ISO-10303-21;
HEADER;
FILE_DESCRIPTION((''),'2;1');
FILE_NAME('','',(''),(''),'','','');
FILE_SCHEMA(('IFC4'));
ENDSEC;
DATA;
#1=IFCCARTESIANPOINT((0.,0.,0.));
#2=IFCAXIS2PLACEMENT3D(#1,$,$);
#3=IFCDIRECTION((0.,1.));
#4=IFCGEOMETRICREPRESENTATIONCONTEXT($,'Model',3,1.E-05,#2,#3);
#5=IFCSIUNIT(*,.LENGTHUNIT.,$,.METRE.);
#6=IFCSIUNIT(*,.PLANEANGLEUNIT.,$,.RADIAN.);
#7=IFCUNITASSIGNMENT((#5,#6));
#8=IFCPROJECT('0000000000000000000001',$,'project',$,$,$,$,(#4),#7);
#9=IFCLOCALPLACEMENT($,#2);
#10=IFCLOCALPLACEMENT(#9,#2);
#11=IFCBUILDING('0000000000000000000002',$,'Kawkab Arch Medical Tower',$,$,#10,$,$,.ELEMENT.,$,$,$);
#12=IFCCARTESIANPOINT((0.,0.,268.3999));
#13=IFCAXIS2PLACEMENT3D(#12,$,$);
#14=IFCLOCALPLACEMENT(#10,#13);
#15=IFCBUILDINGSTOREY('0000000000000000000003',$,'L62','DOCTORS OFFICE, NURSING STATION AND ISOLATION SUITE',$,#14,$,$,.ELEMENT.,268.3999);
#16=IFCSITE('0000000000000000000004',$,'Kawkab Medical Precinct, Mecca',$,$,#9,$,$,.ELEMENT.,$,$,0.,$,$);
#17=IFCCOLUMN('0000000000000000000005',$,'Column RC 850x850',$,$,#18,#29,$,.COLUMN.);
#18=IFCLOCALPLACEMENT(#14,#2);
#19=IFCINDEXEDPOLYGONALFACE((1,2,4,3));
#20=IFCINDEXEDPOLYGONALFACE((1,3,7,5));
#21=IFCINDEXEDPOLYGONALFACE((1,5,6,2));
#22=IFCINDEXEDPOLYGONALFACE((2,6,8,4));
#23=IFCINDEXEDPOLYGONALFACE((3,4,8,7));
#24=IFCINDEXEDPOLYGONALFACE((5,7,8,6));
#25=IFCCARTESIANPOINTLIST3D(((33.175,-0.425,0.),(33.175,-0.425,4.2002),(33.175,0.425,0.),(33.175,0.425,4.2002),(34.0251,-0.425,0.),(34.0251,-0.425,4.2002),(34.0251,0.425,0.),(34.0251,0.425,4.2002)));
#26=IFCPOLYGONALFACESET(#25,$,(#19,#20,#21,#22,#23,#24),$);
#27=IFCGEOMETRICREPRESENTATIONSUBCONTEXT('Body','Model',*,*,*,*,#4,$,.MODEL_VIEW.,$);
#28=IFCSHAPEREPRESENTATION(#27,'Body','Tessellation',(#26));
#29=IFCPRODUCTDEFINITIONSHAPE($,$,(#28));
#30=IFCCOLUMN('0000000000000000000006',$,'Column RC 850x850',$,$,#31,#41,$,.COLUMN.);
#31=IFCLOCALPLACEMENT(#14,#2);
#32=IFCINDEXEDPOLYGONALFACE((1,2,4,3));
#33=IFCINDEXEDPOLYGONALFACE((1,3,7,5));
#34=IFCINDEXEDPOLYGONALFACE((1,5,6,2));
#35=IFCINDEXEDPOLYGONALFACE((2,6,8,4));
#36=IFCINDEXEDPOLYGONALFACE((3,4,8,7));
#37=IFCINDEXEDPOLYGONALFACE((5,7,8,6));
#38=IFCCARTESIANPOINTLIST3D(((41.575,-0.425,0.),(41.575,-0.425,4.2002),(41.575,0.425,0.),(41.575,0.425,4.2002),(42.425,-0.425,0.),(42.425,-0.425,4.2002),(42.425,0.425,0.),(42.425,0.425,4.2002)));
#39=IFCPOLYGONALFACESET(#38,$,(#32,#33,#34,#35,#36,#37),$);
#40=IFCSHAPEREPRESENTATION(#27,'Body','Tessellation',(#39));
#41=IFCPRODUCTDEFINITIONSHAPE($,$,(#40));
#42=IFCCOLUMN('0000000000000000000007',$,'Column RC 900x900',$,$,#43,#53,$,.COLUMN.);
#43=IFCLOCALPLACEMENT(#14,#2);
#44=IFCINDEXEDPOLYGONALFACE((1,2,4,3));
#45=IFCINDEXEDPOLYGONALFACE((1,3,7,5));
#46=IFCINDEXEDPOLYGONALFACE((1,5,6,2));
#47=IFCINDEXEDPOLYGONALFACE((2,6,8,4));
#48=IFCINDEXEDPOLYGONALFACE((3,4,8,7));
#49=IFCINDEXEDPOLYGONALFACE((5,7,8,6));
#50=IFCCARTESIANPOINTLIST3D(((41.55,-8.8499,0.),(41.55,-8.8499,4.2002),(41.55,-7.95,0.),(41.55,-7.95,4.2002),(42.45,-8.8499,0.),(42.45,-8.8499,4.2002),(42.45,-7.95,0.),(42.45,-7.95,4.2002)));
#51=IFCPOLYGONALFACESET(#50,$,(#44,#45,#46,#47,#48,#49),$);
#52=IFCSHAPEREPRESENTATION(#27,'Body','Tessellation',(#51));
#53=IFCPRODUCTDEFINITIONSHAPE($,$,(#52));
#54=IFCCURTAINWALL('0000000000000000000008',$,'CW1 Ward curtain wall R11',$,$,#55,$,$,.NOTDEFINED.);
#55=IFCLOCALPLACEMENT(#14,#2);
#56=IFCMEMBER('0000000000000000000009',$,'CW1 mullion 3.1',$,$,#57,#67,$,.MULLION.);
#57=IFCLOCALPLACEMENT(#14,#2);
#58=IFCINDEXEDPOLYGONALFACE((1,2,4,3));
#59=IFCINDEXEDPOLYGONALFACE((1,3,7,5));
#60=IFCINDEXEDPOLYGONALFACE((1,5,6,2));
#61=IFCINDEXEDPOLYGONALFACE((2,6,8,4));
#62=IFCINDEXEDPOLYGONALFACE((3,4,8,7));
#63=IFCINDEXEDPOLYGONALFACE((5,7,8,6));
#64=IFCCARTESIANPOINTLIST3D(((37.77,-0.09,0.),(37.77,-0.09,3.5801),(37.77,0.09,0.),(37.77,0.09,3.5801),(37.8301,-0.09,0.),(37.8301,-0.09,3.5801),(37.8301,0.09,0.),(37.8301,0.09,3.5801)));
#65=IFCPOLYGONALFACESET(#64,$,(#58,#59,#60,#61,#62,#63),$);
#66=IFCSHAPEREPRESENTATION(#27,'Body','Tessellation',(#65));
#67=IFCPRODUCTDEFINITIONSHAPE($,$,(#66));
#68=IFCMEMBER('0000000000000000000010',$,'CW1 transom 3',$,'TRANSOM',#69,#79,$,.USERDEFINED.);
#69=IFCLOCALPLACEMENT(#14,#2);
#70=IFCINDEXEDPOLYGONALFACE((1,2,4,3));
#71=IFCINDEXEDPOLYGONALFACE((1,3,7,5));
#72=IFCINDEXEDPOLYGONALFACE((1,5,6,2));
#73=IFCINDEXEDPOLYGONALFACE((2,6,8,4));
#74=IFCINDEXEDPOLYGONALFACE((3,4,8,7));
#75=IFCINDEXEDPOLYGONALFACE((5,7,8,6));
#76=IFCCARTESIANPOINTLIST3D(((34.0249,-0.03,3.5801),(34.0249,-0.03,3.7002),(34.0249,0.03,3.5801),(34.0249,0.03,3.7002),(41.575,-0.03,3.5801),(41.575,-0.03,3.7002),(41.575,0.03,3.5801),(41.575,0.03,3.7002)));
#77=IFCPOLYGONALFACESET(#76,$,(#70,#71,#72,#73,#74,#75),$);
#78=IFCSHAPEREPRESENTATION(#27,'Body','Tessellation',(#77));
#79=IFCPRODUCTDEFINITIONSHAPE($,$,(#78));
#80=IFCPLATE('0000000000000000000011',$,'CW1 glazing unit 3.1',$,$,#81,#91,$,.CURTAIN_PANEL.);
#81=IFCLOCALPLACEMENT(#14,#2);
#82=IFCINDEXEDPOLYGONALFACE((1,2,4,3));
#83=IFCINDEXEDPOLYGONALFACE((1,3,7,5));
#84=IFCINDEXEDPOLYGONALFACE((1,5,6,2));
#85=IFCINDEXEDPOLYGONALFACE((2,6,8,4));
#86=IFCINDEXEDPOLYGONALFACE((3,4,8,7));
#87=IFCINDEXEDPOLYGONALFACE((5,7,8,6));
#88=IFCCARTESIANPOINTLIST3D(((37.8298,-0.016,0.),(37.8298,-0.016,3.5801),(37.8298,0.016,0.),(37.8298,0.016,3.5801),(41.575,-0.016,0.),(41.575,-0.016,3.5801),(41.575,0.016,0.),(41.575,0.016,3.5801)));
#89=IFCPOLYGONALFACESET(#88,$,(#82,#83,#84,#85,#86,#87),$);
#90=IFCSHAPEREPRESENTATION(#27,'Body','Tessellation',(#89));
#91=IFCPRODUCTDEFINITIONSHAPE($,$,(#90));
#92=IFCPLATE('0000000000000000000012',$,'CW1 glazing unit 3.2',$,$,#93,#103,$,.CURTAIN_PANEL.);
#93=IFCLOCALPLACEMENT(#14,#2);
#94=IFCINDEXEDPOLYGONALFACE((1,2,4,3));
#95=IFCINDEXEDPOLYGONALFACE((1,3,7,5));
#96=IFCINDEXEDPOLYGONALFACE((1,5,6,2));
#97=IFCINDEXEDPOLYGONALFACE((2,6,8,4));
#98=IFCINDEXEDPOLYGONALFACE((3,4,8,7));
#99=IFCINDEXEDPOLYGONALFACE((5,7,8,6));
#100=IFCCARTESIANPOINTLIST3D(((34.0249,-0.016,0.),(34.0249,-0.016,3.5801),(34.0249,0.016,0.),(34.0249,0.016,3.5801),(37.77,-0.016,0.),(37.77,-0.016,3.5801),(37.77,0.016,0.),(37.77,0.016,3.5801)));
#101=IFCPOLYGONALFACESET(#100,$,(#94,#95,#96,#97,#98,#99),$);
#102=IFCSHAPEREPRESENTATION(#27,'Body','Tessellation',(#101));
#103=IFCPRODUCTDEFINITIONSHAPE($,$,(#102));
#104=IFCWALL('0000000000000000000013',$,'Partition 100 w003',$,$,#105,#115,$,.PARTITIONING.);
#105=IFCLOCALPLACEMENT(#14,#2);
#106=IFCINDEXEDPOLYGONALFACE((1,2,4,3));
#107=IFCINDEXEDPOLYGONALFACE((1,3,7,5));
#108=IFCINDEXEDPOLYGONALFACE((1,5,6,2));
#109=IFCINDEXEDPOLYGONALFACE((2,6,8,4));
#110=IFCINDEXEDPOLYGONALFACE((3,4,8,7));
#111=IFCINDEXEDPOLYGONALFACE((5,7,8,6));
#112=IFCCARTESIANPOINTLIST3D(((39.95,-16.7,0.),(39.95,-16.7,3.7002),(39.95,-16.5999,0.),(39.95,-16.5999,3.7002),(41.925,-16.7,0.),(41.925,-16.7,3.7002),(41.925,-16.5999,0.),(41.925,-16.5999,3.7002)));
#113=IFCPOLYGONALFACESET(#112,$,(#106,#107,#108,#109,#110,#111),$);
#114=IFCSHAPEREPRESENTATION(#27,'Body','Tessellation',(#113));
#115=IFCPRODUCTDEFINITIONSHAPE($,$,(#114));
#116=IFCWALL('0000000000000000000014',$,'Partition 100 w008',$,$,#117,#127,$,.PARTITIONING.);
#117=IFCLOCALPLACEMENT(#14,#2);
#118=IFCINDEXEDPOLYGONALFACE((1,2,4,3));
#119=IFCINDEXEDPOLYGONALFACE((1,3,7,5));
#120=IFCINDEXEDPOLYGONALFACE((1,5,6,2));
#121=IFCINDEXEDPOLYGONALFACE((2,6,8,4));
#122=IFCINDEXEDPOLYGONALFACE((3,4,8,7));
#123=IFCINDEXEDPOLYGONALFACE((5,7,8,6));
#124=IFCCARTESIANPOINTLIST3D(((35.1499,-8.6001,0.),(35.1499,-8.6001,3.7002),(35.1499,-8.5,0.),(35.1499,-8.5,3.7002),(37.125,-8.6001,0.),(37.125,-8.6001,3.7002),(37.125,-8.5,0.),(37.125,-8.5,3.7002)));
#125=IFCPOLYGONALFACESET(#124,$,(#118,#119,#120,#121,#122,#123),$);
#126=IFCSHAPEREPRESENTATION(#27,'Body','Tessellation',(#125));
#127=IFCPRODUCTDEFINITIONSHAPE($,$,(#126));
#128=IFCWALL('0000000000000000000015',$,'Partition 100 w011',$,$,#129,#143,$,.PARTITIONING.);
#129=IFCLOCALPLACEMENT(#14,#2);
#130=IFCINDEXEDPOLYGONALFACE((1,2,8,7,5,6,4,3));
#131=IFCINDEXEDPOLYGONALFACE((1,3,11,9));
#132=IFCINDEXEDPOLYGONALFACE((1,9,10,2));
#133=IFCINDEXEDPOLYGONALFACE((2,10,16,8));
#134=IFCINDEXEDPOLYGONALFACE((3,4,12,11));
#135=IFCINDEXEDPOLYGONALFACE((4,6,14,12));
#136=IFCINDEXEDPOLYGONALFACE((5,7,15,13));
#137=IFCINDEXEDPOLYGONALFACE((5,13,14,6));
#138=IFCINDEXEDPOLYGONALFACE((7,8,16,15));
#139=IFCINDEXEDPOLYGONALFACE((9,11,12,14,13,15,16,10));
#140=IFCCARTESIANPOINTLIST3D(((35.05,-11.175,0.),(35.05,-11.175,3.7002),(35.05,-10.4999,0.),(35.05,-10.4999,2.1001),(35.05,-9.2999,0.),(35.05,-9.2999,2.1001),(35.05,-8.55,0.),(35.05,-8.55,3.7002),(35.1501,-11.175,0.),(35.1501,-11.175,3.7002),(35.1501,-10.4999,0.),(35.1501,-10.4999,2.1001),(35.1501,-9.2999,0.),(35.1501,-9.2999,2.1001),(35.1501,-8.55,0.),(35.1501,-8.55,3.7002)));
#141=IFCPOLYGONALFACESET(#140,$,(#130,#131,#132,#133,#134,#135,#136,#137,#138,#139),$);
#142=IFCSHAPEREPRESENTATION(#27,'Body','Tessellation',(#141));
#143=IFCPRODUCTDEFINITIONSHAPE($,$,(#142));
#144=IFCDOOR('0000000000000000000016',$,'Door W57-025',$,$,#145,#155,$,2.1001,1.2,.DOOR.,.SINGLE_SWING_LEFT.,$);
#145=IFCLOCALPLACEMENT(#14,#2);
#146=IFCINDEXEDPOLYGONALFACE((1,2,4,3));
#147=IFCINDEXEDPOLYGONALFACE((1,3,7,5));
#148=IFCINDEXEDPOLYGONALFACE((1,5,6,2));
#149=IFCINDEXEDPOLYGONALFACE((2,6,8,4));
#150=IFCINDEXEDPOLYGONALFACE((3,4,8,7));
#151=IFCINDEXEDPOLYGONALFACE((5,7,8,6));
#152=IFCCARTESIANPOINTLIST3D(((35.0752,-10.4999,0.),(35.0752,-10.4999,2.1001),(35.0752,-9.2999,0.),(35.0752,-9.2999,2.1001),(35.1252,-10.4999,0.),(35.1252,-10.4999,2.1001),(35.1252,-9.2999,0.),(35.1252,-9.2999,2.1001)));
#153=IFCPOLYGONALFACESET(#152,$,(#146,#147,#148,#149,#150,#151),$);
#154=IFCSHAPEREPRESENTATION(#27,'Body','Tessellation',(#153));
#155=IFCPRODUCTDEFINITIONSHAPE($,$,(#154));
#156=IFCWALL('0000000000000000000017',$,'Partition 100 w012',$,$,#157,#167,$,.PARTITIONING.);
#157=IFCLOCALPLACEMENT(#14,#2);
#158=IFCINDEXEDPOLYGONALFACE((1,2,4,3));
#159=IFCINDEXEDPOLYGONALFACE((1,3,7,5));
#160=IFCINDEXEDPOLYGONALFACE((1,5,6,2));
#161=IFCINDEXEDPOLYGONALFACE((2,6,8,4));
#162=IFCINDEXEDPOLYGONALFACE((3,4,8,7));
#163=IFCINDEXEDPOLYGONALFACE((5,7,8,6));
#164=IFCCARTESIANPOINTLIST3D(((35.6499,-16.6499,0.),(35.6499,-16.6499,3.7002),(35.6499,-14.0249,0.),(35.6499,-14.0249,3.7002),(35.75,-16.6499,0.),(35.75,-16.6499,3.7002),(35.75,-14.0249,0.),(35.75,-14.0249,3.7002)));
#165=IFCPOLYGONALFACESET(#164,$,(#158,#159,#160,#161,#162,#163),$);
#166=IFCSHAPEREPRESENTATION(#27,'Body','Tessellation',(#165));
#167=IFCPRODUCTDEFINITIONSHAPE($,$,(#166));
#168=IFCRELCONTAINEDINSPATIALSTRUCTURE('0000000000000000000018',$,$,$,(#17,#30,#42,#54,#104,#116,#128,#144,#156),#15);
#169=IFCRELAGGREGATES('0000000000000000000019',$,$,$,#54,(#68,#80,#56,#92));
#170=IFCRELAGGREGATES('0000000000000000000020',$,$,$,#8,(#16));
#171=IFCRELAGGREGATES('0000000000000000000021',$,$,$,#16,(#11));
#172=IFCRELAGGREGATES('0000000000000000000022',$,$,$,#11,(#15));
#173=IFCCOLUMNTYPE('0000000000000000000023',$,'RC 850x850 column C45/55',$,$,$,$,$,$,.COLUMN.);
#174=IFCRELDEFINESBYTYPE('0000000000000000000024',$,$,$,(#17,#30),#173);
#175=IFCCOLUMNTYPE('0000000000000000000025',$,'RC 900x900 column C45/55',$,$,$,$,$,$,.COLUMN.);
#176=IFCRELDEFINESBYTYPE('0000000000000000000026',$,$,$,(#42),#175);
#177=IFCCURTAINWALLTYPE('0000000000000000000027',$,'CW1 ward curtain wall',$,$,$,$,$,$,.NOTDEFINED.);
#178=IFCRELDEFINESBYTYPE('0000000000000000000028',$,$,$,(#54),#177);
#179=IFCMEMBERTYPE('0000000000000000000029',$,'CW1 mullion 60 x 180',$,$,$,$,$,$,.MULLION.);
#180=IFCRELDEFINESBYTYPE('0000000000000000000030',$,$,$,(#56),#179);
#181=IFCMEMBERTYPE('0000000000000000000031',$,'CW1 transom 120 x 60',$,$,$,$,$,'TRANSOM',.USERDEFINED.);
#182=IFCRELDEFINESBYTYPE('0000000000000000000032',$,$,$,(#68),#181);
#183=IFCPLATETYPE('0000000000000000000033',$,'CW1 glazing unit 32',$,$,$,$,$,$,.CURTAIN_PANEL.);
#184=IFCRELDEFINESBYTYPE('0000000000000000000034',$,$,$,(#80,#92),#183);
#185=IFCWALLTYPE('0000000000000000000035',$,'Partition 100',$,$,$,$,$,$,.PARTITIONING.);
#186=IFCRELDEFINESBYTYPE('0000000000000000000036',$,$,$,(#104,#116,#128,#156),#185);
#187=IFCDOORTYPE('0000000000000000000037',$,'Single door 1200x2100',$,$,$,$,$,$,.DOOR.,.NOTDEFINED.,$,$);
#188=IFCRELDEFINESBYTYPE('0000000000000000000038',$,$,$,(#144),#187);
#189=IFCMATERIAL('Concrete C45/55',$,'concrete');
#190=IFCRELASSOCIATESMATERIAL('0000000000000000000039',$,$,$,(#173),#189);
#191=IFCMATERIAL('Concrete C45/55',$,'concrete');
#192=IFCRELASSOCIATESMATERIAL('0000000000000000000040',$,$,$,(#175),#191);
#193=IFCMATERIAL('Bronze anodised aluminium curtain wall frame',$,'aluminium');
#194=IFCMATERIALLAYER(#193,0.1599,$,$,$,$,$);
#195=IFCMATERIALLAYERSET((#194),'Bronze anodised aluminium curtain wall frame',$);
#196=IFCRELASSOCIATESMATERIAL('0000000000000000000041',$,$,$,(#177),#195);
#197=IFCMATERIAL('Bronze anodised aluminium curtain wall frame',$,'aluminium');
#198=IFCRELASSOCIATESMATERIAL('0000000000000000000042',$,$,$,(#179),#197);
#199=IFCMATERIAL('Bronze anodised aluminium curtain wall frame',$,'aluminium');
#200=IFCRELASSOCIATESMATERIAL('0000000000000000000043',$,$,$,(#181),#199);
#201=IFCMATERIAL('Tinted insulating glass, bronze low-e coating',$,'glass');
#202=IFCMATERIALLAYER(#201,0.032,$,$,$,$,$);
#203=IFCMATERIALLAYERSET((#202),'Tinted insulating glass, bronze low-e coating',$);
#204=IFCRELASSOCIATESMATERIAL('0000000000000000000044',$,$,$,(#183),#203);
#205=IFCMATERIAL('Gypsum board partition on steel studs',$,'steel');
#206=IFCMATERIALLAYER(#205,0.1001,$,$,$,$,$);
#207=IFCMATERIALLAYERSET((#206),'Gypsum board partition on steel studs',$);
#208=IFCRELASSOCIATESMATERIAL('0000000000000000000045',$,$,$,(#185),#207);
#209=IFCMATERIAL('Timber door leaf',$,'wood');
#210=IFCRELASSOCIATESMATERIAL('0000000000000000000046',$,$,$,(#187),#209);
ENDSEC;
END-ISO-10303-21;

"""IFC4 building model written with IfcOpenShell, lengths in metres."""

from ifc_helpers import new_model, si_unit, direction, frame, frame_2d, origin, origin_2d, place, context, subcontext, project, spatial, rectangle, extrude, material, layer, layer_set, material_profile, profile_set, type_object, element, fill, aggregate, save


model = new_model("IFC4")

# Units and contexts
model_context = context("Model", 3, precision=1e-05, world=origin(), true_north=direction((0.0, 1.0)))
body_context = subcontext(model_context, "Body", "Model", "MODEL_VIEW")
ifc_project = project(units=[si_unit("LENGTHUNIT", "METRE"), si_unit("PLANEANGLEUNIT", "RADIAN")], contexts=[model_context])

# Site, building, storey
site_placement = place(None, origin())
site = spatial("IfcSite", under=ifc_project, at=site_placement, Name="Kawkab Medical Precinct, Mecca", CompositionType="ELEMENT", RefElevation=0.0)
building_placement = place(site_placement, origin())
building = spatial("IfcBuilding", under=site, at=building_placement, Name="Kawkab Arch Medical Tower", CompositionType="ELEMENT")
storey_placement = place(building_placement, frame((0.0, 0.0, 268.3999)))
storey = spatial("IfcBuildingStorey", under=building, at=storey_placement, Name="L62", Description="DOCTORS OFFICE, NURSING STATION AND ISOLATION SUITE", CompositionType="ELEMENT", Elevation=268.3999)

# Columns
ifc_material_1 = material(Name="Concrete C45/55", Category="concrete")
ifc_material_profile_1 = material_profile(ifc_material_1, rectangle(XDim=0.8501, YDim=0.8501, at=origin_2d()), Name="RC 850x850")
ifc_profile_set_1 = profile_set([ifc_material_profile_1], Name="Concrete C45/55")
column_type_1 = type_object("IfcColumnType", Name="RC 850x850 column C45/55", PredefinedType="COLUMN", material=ifc_profile_set_1)
for number, where, z_axis, x_axis, name in (
    (1, (33.6001, 0.0, 0.0), (0.0, 0.0, 1.0), (1.0, 0.0, 0.0), "Column RC 850x850"),
    (2, (42.0, 0.0, 0.0), (0.0, 0.0, 1.0), (1.0, 0.0, 0.0), "Column RC 850x850"),
):
    element("IfcColumn", number, at=place(storey_placement, frame(where, z_axis=z_axis, x_axis=x_axis)), inside=storey, type_object=column_type_1, Name=name, PredefinedType="COLUMN", context=body_context, shape_type="SweptSolid", body=[
        extrude(rectangle(XDim=0.8501, YDim=0.8501, at=origin_2d()), origin(), (0.0, 0.0, 1.0), 4.2002),
    ])
ifc_material_2 = material(Name="Concrete C45/55", Category="concrete")
ifc_material_profile_2 = material_profile(ifc_material_2, rectangle(XDim=0.8999, YDim=0.8999, at=origin_2d()), Name="RC 900x900")
ifc_profile_set_2 = profile_set([ifc_material_profile_2], Name="Concrete C45/55")
column_type_2 = type_object("IfcColumnType", Name="RC 900x900 column C45/55", PredefinedType="COLUMN", material=ifc_profile_set_2)
column_placement = place(storey_placement, frame((42.0, -8.3999, 0.0), z_axis=(0.0, 0.0, 1.0), x_axis=(1.0, 0.0, 0.0)))
element("IfcColumn", 3, at=column_placement, inside=storey, type_object=column_type_2, Name="Column RC 900x900", PredefinedType="COLUMN", context=body_context, shape_type="SweptSolid", body=[
    extrude(rectangle(XDim=0.8999, YDim=0.8999, at=origin_2d()), origin(), (0.0, 0.0, 1.0), 4.2002),
])

# Curtain wall, members, plates
ifc_material_3 = material(Name="Bronze anodised aluminium curtain wall frame", Category="aluminium")
ifc_layer_1 = layer(ifc_material_3, 0.1599)
ifc_layer_set_1 = layer_set([ifc_layer_1], Name="Bronze anodised aluminium curtain wall frame")
curtain_wall_type = type_object("IfcCurtainWallType", Name="CW1 ward curtain wall", PredefinedType="NOTDEFINED", material=ifc_layer_set_1)
curtain_wall_placement = place(storey_placement, origin())
curtain_wall = element("IfcCurtainWall", 4, at=curtain_wall_placement, inside=storey, type_object=curtain_wall_type, Name="CW1 Ward curtain wall R11", PredefinedType="NOTDEFINED")
ifc_material_4 = material(Name="Bronze anodised aluminium curtain wall frame", Category="aluminium")
ifc_material_profile_3 = material_profile(ifc_material_4, rectangle(XDim=0.1799, YDim=0.0601, at=origin_2d()), Name="AL 60x180")
ifc_profile_set_3 = profile_set([ifc_material_profile_3], Name="Bronze anodised aluminium curtain wall frame")
member_type_1 = type_object("IfcMemberType", Name="CW1 mullion 60 x 180", PredefinedType="MULLION", material=ifc_profile_set_3)
member_1_placement = place(storey_placement, frame((37.8, 0.0, 0.0), z_axis=(0.0, 0.0, 1.0), x_axis=(0.0, -1.0, 0.0)))
member_1 = element("IfcMember", 5, at=member_1_placement, type_object=member_type_1, Name="CW1 mullion 3.1", PredefinedType="MULLION", context=body_context, shape_type="SweptSolid", body=[
    extrude(rectangle(XDim=0.1799, YDim=0.0601, at=origin_2d()), origin(), (0.0, 0.0, 1.0), 3.5801),
])
ifc_material_5 = material(Name="Bronze anodised aluminium curtain wall frame", Category="aluminium")
ifc_material_profile_4 = material_profile(ifc_material_5, rectangle(XDim=0.0601, YDim=0.1201, at=origin_2d()), Name="AL 60x120")
ifc_profile_set_4 = profile_set([ifc_material_profile_4], Name="Bronze anodised aluminium curtain wall frame")
member_type_2 = type_object("IfcMemberType", Name="CW1 transom 120 x 60", ElementType="TRANSOM", PredefinedType="USERDEFINED", material=ifc_profile_set_4)
member_2_placement = place(storey_placement, frame((41.575, 0.0, 3.6401), z_axis=(-1.0, 0.0, 0.0), x_axis=(0.0, -1.0, 0.0)))
member_2 = element("IfcMember", 6, at=member_2_placement, type_object=member_type_2, Name="CW1 transom 3", ObjectType="TRANSOM", PredefinedType="USERDEFINED", context=body_context, shape_type="SweptSolid", body=[
    extrude(rectangle(XDim=0.0601, YDim=0.1201, at=origin_2d()), origin(), (0.0, 0.0, 1.0), 7.55),
])
ifc_material_6 = material(Name="Tinted insulating glass, bronze low-e coating", Category="glass")
ifc_layer_2 = layer(ifc_material_6, 0.032)
ifc_layer_set_2 = layer_set([ifc_layer_2], Name="Tinted insulating glass, bronze low-e coating")
plate_type = type_object("IfcPlateType", Name="CW1 glazing unit 32", PredefinedType="CURTAIN_PANEL", material=ifc_layer_set_2)
plate_1_placement = place(storey_placement, frame((39.7024, 0.0, 0.0), z_axis=(0.0, 0.0, 1.0), x_axis=(-1.0, 0.0, 0.0)))
plate_1 = element("IfcPlate", 7, at=plate_1_placement, type_object=plate_type, Name="CW1 glazing unit 3.1", PredefinedType="CURTAIN_PANEL", context=body_context, shape_type="SweptSolid", body=[
    extrude(rectangle(XDim=3.7451, YDim=0.032, at=origin_2d()), origin(), (0.0, 0.0, 1.0), 3.5801),
])
plate_2_placement = place(storey_placement, frame((35.8975, 0.0, 0.0), z_axis=(0.0, 0.0, 1.0), x_axis=(-1.0, 0.0, 0.0)))
plate_2 = element("IfcPlate", 8, at=plate_2_placement, type_object=plate_type, Name="CW1 glazing unit 3.2", PredefinedType="CURTAIN_PANEL", context=body_context, shape_type="SweptSolid", body=[
    extrude(rectangle(XDim=3.7451, YDim=0.032, at=origin_2d()), origin(), (0.0, 0.0, 1.0), 3.5801),
])
aggregate(curtain_wall, [member_2, plate_1, member_1, plate_2])

# Walls
ifc_material_7 = material(Name="Gypsum board partition on steel studs", Category="steel")
ifc_layer_3 = layer(ifc_material_7, 0.1001)
ifc_layer_set_3 = layer_set([ifc_layer_3], Name="Gypsum board partition on steel studs")
wall_type_1 = type_object("IfcWallType", Name="Partition 100", PredefinedType="PARTITIONING", material=ifc_layer_set_3)
for number, where, z_axis, x_axis, name in (
    (9, (39.95, -16.6499, 0.0), (0.0, 0.0, 1.0), (1.0, 0.0, 0.0), "Partition 100 w003"),
    (10, (35.1499, -8.55, 0.0), (0.0, 0.0, 1.0), (1.0, 0.0, 0.0), "Partition 100 w008"),
):
    element("IfcWall", number, at=place(storey_placement, frame(where, z_axis=z_axis, x_axis=x_axis)), inside=storey, type_object=wall_type_1, Name=name, PredefinedType="PARTITIONING", context=body_context, shape_type="SweptSolid", body=[
        extrude(rectangle(XDim=1.9751, YDim=0.1001, at=frame_2d((0.9875, 0.0))), origin(), (0.0, 0.0, 1.0), 3.7002),
    ])

# Wall, opening, door
wall_1_placement = place(storey_placement, frame((35.1001, -11.175, 0.0), z_axis=(0.0, 0.0, 1.0), x_axis=(0.0, 1.0, 0.0)))
wall_1 = element("IfcWall", 11, at=wall_1_placement, inside=storey, type_object=wall_type_1, Name="Partition 100 w011", PredefinedType="PARTITIONING", context=body_context, shape_type="SweptSolid", body=[
    extrude(rectangle(XDim=2.625, YDim=0.1001, at=frame_2d((1.3125, 0.0))), origin(), (0.0, 0.0, 1.0), 3.7002),
])
opening_1_placement = place(wall_1_placement, frame((0.675, 0.0, 0.0)))
opening_1 = element("IfcOpeningElement", 12, at=opening_1_placement, cuts=wall_1, PredefinedType="OPENING", context=body_context, shape_type="SweptSolid", body=[
    extrude(rectangle(XDim=1.2, YDim=2.1001, at=frame_2d((0.6001, 1.05))), frame((0.0, 0.0601, 0.0), z_axis=(0.0, -1.0, 0.0), x_axis=(1.0, 0.0, 0.0)), (0.0, 0.0, 1.0), 0.1201),
])
ifc_material_8 = material(Name="Timber door leaf", Category="wood")
door_type_1 = type_object("IfcDoorType", Name="Single door 1200x2100", OperationType="NOTDEFINED", PredefinedType="DOOR", material=ifc_material_8)
door_1_placement = place(opening_1_placement, origin())
door_1 = element("IfcDoor", 13, at=door_1_placement, inside=storey, type_object=door_type_1, Name="Door W57-025", OperationType="SINGLE_SWING_LEFT", OverallHeight=2.1001, OverallWidth=1.2, PredefinedType="DOOR", context=body_context, shape_type="SweptSolid", body=[
    extrude(rectangle(XDim=1.2, YDim=2.1001, at=frame_2d((0.6001, 1.05))), frame((0.0, 0.0249, 0.0), z_axis=(0.0, -1.0, 0.0), x_axis=(1.0, 0.0, 0.0)), (0.0, 0.0, 1.0), 0.05),
])
fill(opening_1, door_1)

# Wall
wall_2_placement = place(storey_placement, frame((35.7, -16.6499, 0.0), z_axis=(0.0, 0.0, 1.0), x_axis=(0.0, 1.0, 0.0)))
element("IfcWall", 14, at=wall_2_placement, inside=storey, type_object=wall_type_1, Name="Partition 100 w012", PredefinedType="PARTITIONING", context=body_context, shape_type="SweptSolid", body=[
    extrude(rectangle(XDim=2.625, YDim=0.1001, at=frame_2d((1.3125, 0.0))), origin(), (0.0, 0.0, 1.0), 3.7002),
])

save(model, "model.ifc")
